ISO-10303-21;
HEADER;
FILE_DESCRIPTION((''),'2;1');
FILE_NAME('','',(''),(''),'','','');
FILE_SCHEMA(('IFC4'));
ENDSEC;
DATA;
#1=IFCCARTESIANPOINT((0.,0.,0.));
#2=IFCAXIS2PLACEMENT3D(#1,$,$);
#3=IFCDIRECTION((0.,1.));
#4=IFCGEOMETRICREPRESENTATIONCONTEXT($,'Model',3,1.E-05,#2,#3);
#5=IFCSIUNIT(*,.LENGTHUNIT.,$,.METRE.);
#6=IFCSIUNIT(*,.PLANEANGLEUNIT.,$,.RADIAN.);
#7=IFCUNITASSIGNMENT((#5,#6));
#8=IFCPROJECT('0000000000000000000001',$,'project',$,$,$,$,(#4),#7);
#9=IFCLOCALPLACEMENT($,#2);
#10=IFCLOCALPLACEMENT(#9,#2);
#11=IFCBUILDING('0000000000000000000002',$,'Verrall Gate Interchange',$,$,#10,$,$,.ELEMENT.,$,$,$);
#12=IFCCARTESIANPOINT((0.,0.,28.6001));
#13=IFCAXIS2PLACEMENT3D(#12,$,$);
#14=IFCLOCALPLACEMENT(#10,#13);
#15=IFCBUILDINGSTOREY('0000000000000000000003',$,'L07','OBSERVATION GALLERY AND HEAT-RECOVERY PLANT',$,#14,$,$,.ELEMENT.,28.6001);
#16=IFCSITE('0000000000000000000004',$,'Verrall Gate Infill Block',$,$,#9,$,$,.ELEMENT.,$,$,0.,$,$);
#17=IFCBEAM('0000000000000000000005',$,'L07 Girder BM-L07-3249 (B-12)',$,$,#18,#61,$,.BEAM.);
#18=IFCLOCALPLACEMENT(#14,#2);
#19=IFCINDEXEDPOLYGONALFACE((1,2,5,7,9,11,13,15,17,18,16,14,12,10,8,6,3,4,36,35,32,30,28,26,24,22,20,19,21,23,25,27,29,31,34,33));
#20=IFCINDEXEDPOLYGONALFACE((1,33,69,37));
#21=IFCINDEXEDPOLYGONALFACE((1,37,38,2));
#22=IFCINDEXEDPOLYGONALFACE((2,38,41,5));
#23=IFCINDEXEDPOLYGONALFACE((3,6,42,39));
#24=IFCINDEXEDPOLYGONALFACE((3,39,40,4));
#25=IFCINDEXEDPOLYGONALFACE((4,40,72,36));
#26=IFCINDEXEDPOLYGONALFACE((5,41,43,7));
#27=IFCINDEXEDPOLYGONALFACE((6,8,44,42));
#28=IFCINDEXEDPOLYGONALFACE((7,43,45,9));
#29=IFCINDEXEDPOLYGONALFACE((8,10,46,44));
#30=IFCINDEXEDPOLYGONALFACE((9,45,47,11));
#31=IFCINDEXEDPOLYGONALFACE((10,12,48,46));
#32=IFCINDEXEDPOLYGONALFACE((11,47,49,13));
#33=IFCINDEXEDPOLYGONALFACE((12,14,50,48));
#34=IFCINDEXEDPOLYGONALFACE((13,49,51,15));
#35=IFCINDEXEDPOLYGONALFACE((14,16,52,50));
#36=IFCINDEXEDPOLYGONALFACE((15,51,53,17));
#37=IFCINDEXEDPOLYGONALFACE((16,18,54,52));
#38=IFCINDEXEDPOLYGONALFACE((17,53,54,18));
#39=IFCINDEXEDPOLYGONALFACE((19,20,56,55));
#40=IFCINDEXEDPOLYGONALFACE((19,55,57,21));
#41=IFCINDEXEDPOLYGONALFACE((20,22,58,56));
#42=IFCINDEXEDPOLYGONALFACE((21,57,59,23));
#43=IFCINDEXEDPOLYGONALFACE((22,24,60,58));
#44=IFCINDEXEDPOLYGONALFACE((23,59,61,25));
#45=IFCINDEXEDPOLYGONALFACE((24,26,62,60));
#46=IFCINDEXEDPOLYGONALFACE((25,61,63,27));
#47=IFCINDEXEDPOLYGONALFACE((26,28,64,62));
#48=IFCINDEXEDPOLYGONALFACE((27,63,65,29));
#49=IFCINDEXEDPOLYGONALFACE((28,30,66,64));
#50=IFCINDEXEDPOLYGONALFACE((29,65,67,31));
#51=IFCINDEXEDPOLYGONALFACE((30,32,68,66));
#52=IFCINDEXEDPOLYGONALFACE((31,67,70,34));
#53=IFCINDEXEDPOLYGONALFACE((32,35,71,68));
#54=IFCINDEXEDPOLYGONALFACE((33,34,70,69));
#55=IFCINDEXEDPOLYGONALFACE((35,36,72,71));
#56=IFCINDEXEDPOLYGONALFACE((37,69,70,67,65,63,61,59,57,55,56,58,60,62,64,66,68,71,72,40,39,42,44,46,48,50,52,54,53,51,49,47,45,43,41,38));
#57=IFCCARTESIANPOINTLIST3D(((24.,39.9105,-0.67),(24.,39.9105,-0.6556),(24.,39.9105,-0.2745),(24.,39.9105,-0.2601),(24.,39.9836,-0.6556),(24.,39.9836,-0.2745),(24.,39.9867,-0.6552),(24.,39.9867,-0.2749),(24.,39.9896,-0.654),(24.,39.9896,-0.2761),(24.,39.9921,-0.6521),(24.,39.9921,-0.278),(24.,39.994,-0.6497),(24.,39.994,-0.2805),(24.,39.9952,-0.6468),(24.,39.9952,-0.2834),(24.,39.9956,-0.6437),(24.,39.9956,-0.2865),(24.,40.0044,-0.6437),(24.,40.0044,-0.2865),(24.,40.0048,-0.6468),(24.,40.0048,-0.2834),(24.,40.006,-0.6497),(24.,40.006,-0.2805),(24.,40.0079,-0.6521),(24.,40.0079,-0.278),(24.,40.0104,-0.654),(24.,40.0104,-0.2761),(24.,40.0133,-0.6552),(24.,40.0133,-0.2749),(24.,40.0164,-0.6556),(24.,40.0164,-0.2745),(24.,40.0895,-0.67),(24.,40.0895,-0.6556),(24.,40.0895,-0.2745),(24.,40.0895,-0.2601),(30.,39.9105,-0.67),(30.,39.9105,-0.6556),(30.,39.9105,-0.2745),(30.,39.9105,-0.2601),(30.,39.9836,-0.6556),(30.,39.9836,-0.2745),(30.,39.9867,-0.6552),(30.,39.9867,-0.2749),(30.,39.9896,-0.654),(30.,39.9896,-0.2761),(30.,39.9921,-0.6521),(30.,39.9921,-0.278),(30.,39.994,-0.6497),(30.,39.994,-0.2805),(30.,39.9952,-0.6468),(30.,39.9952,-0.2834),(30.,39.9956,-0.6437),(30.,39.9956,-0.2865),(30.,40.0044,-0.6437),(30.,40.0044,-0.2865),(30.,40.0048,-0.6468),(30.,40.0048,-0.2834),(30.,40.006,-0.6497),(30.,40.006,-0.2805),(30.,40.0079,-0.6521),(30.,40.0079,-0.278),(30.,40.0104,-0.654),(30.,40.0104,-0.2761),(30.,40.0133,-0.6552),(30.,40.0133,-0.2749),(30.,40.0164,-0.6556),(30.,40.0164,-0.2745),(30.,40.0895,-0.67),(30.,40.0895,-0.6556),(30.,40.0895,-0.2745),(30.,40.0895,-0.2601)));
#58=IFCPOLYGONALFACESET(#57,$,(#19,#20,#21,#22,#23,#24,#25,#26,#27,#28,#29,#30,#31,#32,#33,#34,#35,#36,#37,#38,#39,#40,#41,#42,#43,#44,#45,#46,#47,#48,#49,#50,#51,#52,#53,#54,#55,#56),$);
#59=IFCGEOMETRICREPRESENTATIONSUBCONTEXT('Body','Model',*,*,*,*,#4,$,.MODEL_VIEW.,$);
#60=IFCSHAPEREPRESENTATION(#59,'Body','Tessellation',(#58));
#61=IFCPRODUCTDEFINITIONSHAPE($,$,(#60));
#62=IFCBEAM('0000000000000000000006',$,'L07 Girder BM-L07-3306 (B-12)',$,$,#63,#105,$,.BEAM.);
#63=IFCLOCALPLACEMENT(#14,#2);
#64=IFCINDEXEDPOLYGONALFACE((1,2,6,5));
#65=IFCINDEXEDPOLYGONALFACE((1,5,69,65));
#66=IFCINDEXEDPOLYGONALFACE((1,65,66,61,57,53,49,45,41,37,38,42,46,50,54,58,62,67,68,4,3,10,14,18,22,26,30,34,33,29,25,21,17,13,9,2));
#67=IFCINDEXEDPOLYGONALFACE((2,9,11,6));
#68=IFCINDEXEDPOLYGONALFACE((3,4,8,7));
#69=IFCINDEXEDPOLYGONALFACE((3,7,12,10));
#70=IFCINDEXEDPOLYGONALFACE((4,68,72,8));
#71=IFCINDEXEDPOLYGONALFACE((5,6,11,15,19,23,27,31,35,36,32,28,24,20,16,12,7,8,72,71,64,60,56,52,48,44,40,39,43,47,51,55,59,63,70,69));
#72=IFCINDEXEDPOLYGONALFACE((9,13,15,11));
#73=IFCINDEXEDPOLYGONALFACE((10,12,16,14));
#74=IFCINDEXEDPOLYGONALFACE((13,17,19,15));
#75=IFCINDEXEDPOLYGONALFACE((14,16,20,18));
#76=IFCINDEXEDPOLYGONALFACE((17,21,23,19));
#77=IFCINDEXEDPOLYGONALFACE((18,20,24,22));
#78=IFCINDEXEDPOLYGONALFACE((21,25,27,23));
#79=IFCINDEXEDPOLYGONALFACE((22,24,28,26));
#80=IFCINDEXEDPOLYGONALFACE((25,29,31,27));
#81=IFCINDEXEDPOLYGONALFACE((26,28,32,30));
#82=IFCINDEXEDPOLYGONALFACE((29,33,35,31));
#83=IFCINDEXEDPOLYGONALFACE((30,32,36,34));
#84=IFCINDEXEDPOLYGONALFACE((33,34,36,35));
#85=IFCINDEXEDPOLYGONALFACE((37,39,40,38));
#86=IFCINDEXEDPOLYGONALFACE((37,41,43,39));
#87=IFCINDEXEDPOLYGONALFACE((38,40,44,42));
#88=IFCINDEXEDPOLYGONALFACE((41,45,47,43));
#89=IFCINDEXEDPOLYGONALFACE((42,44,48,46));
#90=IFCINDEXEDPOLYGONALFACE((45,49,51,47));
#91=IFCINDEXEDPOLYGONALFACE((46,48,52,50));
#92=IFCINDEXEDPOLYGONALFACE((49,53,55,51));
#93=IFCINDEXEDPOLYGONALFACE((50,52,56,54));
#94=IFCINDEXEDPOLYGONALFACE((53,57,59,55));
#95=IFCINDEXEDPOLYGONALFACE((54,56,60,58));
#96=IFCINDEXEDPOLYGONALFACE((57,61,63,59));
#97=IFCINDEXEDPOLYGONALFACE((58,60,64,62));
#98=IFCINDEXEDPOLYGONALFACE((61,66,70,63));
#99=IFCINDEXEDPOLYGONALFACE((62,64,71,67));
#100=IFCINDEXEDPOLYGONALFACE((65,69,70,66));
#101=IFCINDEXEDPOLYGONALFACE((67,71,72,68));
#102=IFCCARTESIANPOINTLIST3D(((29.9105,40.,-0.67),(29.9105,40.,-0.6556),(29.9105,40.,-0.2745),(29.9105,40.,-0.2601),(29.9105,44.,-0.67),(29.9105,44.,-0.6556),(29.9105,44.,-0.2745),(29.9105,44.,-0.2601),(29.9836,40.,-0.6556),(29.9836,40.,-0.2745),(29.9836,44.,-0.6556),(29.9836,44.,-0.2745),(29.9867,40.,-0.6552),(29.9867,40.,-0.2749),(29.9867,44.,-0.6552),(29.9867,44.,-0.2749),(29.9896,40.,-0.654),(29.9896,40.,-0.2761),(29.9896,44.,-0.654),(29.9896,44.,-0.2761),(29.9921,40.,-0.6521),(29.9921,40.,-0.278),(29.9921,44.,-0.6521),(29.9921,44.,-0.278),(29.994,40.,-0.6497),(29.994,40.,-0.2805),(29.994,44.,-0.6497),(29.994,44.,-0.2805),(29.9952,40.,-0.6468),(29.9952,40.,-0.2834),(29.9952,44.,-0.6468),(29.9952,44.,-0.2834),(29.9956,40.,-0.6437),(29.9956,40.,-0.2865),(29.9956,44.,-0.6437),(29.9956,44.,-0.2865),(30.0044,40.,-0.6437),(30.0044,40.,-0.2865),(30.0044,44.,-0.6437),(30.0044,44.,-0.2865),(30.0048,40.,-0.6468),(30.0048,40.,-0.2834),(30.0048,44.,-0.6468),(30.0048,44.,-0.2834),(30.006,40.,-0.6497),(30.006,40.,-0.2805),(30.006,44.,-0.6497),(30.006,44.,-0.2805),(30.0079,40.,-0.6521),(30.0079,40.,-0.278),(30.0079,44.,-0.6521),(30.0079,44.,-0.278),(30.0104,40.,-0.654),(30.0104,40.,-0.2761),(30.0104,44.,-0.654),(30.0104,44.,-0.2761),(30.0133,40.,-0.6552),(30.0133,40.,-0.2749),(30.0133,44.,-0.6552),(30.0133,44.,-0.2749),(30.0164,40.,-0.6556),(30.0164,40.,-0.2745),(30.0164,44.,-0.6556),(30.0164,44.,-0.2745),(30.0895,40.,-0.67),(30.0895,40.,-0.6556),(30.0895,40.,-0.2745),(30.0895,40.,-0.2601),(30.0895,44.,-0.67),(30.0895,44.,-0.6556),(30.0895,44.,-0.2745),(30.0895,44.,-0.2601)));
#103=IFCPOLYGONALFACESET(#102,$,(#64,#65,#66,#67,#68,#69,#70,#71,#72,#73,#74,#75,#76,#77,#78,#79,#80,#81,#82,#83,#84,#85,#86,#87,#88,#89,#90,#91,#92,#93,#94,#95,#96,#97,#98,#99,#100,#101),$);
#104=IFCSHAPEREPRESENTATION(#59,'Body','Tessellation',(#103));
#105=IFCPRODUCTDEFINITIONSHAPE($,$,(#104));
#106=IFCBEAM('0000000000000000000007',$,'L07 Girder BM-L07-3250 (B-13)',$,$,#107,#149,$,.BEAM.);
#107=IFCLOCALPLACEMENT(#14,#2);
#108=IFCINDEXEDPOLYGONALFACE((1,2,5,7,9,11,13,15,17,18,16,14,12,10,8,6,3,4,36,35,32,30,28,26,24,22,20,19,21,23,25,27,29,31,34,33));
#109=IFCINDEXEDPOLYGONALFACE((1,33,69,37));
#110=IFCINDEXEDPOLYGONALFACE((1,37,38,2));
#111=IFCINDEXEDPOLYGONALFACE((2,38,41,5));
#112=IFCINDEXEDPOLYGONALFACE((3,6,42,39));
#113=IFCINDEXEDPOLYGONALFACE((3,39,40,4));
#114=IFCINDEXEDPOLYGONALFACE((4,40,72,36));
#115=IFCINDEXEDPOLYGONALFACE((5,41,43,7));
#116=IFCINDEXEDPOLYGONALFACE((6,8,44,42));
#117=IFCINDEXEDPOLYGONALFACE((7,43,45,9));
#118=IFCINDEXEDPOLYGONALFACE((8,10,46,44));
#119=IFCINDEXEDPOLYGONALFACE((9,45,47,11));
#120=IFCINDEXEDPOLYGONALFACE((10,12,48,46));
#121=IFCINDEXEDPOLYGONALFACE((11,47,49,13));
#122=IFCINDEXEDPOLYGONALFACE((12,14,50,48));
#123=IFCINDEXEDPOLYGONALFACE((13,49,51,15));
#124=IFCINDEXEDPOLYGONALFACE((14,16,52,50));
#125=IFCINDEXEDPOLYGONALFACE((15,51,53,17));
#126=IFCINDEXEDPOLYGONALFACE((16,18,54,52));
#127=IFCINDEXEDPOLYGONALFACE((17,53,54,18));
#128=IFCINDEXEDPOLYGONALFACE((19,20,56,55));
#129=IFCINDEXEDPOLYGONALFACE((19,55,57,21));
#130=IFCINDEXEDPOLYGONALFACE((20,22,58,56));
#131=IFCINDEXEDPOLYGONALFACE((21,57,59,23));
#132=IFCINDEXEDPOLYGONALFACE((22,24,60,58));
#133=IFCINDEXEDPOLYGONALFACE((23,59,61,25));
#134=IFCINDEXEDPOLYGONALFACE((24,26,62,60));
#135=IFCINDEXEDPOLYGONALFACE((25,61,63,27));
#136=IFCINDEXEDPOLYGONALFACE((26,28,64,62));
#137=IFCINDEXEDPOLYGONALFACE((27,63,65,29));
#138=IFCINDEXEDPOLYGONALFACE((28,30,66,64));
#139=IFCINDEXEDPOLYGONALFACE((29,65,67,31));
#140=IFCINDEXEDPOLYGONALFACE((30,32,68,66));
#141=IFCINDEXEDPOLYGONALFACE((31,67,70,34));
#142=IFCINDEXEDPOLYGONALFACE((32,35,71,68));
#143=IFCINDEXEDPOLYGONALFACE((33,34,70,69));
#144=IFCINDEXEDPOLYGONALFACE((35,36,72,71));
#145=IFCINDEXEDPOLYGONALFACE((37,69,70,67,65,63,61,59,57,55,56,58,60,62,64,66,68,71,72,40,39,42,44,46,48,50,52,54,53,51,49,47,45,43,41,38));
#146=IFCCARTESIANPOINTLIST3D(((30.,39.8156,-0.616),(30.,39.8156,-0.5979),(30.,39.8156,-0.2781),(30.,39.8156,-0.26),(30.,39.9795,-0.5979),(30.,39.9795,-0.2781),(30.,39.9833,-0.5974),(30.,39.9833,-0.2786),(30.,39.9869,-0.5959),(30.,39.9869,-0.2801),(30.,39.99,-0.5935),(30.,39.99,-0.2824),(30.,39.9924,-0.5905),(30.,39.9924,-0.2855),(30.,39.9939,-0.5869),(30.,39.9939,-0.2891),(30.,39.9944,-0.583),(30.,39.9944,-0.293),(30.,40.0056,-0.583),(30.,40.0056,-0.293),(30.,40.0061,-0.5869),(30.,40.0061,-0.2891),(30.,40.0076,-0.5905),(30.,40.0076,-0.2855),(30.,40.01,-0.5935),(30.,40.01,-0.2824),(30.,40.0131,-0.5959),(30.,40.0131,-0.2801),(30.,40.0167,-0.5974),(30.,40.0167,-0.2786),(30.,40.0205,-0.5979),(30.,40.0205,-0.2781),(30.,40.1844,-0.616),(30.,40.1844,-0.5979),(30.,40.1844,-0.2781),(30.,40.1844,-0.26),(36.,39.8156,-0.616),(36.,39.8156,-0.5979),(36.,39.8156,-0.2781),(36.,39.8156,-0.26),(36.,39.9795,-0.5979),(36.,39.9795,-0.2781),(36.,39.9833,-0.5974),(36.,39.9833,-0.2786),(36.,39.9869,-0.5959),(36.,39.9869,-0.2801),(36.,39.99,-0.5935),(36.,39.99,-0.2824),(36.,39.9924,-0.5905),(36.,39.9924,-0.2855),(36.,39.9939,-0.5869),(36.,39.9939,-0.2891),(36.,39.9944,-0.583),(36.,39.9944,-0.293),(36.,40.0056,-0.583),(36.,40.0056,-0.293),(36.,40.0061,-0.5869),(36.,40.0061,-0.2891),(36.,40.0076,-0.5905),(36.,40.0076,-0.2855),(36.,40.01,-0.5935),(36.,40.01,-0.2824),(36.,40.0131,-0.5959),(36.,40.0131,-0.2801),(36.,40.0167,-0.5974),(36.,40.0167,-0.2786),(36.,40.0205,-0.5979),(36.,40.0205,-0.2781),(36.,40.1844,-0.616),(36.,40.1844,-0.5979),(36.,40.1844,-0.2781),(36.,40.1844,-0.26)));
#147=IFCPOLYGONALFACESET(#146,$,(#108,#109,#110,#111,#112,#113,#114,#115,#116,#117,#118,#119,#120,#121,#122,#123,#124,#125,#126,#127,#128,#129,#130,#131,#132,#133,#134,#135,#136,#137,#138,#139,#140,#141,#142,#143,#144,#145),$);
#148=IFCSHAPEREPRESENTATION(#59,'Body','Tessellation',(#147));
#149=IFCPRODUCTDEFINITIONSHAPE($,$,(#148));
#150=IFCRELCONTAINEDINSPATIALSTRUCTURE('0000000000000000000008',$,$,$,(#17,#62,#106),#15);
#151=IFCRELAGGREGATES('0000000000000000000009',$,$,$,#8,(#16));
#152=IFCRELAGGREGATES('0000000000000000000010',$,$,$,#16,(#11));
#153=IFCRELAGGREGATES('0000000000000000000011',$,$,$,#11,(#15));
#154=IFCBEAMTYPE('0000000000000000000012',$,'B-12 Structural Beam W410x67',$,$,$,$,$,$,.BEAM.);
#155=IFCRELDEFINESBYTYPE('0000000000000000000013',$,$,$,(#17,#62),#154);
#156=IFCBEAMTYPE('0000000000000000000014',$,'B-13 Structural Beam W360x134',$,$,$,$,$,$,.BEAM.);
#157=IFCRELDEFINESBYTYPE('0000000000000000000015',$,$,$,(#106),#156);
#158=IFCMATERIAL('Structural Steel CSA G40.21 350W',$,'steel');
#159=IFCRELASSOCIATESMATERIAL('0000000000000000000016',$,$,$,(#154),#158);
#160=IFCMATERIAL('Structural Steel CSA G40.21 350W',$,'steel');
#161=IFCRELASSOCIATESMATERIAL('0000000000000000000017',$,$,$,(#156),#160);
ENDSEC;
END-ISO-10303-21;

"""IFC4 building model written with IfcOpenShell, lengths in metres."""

from ifc_helpers import new_model, si_unit, direction, frame, origin, origin_2d, place, context, subcontext, project, spatial, i_section, extrude, material, material_profile, profile_set, type_object, element, save


model = new_model("IFC4")

# Units and contexts
model_context = context("Model", 3, precision=1e-05, world=origin(), true_north=direction((0.0, 1.0)))
body_context = subcontext(model_context, "Body", "Model", "MODEL_VIEW")
ifc_project = project(units=[si_unit("LENGTHUNIT", "METRE"), si_unit("PLANEANGLEUNIT", "RADIAN")], contexts=[model_context])

# Site, building, storey
site_placement = place(None, origin())
site = spatial("IfcSite", under=ifc_project, at=site_placement, Name="Verrall Gate Infill Block", CompositionType="ELEMENT", RefElevation=0.0)
building_placement = place(site_placement, origin())
building = spatial("IfcBuilding", under=site, at=building_placement, Name="Verrall Gate Interchange", CompositionType="ELEMENT")
storey_placement = place(building_placement, frame((0.0, 0.0, 28.6001)))
storey = spatial("IfcBuildingStorey", under=building, at=storey_placement, Name="L07", Description="OBSERVATION GALLERY AND HEAT-RECOVERY PLANT", CompositionType="ELEMENT", Elevation=28.6001)

# Beams
ifc_material_1 = material(Name="Structural Steel CSA G40.21 350W", Category="steel")
ifc_material_profile_1 = material_profile(ifc_material_1, i_section(OverallWidth=0.179, OverallDepth=0.4099, WebThickness=0.0088, FlangeThickness=0.0144, FilletRadius=0.012, at=origin_2d()), Name="W410x67")
ifc_profile_set_1 = profile_set([ifc_material_profile_1], Name="Structural Steel CSA G40.21 350W")
beam_type_1 = type_object("IfcBeamType", Name="B-12 Structural Beam W410x67", PredefinedType="BEAM", material=ifc_profile_set_1)
beam_1_placement = place(storey_placement, frame((24.0, 40.0, -0.4651), z_axis=(1.0, 0.0, 0.0), x_axis=(0.0, 1.0, 0.0)))
element("IfcBeam", 1, at=beam_1_placement, inside=storey, type_object=beam_type_1, Name="L07 Girder BM-L07-3249 (B-12)", PredefinedType="BEAM", context=body_context, shape_type="SweptSolid", body=[
    extrude(i_section(OverallWidth=0.179, OverallDepth=0.4099, WebThickness=0.0088, FlangeThickness=0.0144, FilletRadius=0.012, at=origin_2d()), origin(), (0.0, 0.0, 1.0), 6.0),
])
beam_2_placement = place(storey_placement, frame((30.0, 40.0, -0.4651), z_axis=(0.0, 1.0, 0.0), x_axis=(-1.0, 0.0, 0.0)))
element("IfcBeam", 2, at=beam_2_placement, inside=storey, type_object=beam_type_1, Name="L07 Girder BM-L07-3306 (B-12)", PredefinedType="BEAM", context=body_context, shape_type="SweptSolid", body=[
    extrude(i_section(OverallWidth=0.179, OverallDepth=0.4099, WebThickness=0.0088, FlangeThickness=0.0144, FilletRadius=0.012, at=origin_2d()), origin(), (0.0, 0.0, 1.0), 4.0),
])
ifc_material_2 = material(Name="Structural Steel CSA G40.21 350W", Category="steel")
ifc_material_profile_2 = material_profile(ifc_material_2, i_section(OverallWidth=0.3689, OverallDepth=0.356, WebThickness=0.0112, FlangeThickness=0.0181, FilletRadius=0.0149, at=origin_2d()), Name="W360x134")
ifc_profile_set_2 = profile_set([ifc_material_profile_2], Name="Structural Steel CSA G40.21 350W")
beam_type_2 = type_object("IfcBeamType", Name="B-13 Structural Beam W360x134", PredefinedType="BEAM", material=ifc_profile_set_2)
beam_3_placement = place(storey_placement, frame((30.0, 40.0, -0.438), z_axis=(1.0, 0.0, 0.0), x_axis=(0.0, 1.0, 0.0)))
element("IfcBeam", 3, at=beam_3_placement, inside=storey, type_object=beam_type_2, Name="L07 Girder BM-L07-3250 (B-13)", PredefinedType="BEAM", context=body_context, shape_type="SweptSolid", body=[
    extrude(i_section(OverallWidth=0.3689, OverallDepth=0.356, WebThickness=0.0112, FlangeThickness=0.0181, FilletRadius=0.0149, at=origin_2d()), origin(), (0.0, 0.0, 1.0), 6.0),
])

save(model, "model.ifc")
